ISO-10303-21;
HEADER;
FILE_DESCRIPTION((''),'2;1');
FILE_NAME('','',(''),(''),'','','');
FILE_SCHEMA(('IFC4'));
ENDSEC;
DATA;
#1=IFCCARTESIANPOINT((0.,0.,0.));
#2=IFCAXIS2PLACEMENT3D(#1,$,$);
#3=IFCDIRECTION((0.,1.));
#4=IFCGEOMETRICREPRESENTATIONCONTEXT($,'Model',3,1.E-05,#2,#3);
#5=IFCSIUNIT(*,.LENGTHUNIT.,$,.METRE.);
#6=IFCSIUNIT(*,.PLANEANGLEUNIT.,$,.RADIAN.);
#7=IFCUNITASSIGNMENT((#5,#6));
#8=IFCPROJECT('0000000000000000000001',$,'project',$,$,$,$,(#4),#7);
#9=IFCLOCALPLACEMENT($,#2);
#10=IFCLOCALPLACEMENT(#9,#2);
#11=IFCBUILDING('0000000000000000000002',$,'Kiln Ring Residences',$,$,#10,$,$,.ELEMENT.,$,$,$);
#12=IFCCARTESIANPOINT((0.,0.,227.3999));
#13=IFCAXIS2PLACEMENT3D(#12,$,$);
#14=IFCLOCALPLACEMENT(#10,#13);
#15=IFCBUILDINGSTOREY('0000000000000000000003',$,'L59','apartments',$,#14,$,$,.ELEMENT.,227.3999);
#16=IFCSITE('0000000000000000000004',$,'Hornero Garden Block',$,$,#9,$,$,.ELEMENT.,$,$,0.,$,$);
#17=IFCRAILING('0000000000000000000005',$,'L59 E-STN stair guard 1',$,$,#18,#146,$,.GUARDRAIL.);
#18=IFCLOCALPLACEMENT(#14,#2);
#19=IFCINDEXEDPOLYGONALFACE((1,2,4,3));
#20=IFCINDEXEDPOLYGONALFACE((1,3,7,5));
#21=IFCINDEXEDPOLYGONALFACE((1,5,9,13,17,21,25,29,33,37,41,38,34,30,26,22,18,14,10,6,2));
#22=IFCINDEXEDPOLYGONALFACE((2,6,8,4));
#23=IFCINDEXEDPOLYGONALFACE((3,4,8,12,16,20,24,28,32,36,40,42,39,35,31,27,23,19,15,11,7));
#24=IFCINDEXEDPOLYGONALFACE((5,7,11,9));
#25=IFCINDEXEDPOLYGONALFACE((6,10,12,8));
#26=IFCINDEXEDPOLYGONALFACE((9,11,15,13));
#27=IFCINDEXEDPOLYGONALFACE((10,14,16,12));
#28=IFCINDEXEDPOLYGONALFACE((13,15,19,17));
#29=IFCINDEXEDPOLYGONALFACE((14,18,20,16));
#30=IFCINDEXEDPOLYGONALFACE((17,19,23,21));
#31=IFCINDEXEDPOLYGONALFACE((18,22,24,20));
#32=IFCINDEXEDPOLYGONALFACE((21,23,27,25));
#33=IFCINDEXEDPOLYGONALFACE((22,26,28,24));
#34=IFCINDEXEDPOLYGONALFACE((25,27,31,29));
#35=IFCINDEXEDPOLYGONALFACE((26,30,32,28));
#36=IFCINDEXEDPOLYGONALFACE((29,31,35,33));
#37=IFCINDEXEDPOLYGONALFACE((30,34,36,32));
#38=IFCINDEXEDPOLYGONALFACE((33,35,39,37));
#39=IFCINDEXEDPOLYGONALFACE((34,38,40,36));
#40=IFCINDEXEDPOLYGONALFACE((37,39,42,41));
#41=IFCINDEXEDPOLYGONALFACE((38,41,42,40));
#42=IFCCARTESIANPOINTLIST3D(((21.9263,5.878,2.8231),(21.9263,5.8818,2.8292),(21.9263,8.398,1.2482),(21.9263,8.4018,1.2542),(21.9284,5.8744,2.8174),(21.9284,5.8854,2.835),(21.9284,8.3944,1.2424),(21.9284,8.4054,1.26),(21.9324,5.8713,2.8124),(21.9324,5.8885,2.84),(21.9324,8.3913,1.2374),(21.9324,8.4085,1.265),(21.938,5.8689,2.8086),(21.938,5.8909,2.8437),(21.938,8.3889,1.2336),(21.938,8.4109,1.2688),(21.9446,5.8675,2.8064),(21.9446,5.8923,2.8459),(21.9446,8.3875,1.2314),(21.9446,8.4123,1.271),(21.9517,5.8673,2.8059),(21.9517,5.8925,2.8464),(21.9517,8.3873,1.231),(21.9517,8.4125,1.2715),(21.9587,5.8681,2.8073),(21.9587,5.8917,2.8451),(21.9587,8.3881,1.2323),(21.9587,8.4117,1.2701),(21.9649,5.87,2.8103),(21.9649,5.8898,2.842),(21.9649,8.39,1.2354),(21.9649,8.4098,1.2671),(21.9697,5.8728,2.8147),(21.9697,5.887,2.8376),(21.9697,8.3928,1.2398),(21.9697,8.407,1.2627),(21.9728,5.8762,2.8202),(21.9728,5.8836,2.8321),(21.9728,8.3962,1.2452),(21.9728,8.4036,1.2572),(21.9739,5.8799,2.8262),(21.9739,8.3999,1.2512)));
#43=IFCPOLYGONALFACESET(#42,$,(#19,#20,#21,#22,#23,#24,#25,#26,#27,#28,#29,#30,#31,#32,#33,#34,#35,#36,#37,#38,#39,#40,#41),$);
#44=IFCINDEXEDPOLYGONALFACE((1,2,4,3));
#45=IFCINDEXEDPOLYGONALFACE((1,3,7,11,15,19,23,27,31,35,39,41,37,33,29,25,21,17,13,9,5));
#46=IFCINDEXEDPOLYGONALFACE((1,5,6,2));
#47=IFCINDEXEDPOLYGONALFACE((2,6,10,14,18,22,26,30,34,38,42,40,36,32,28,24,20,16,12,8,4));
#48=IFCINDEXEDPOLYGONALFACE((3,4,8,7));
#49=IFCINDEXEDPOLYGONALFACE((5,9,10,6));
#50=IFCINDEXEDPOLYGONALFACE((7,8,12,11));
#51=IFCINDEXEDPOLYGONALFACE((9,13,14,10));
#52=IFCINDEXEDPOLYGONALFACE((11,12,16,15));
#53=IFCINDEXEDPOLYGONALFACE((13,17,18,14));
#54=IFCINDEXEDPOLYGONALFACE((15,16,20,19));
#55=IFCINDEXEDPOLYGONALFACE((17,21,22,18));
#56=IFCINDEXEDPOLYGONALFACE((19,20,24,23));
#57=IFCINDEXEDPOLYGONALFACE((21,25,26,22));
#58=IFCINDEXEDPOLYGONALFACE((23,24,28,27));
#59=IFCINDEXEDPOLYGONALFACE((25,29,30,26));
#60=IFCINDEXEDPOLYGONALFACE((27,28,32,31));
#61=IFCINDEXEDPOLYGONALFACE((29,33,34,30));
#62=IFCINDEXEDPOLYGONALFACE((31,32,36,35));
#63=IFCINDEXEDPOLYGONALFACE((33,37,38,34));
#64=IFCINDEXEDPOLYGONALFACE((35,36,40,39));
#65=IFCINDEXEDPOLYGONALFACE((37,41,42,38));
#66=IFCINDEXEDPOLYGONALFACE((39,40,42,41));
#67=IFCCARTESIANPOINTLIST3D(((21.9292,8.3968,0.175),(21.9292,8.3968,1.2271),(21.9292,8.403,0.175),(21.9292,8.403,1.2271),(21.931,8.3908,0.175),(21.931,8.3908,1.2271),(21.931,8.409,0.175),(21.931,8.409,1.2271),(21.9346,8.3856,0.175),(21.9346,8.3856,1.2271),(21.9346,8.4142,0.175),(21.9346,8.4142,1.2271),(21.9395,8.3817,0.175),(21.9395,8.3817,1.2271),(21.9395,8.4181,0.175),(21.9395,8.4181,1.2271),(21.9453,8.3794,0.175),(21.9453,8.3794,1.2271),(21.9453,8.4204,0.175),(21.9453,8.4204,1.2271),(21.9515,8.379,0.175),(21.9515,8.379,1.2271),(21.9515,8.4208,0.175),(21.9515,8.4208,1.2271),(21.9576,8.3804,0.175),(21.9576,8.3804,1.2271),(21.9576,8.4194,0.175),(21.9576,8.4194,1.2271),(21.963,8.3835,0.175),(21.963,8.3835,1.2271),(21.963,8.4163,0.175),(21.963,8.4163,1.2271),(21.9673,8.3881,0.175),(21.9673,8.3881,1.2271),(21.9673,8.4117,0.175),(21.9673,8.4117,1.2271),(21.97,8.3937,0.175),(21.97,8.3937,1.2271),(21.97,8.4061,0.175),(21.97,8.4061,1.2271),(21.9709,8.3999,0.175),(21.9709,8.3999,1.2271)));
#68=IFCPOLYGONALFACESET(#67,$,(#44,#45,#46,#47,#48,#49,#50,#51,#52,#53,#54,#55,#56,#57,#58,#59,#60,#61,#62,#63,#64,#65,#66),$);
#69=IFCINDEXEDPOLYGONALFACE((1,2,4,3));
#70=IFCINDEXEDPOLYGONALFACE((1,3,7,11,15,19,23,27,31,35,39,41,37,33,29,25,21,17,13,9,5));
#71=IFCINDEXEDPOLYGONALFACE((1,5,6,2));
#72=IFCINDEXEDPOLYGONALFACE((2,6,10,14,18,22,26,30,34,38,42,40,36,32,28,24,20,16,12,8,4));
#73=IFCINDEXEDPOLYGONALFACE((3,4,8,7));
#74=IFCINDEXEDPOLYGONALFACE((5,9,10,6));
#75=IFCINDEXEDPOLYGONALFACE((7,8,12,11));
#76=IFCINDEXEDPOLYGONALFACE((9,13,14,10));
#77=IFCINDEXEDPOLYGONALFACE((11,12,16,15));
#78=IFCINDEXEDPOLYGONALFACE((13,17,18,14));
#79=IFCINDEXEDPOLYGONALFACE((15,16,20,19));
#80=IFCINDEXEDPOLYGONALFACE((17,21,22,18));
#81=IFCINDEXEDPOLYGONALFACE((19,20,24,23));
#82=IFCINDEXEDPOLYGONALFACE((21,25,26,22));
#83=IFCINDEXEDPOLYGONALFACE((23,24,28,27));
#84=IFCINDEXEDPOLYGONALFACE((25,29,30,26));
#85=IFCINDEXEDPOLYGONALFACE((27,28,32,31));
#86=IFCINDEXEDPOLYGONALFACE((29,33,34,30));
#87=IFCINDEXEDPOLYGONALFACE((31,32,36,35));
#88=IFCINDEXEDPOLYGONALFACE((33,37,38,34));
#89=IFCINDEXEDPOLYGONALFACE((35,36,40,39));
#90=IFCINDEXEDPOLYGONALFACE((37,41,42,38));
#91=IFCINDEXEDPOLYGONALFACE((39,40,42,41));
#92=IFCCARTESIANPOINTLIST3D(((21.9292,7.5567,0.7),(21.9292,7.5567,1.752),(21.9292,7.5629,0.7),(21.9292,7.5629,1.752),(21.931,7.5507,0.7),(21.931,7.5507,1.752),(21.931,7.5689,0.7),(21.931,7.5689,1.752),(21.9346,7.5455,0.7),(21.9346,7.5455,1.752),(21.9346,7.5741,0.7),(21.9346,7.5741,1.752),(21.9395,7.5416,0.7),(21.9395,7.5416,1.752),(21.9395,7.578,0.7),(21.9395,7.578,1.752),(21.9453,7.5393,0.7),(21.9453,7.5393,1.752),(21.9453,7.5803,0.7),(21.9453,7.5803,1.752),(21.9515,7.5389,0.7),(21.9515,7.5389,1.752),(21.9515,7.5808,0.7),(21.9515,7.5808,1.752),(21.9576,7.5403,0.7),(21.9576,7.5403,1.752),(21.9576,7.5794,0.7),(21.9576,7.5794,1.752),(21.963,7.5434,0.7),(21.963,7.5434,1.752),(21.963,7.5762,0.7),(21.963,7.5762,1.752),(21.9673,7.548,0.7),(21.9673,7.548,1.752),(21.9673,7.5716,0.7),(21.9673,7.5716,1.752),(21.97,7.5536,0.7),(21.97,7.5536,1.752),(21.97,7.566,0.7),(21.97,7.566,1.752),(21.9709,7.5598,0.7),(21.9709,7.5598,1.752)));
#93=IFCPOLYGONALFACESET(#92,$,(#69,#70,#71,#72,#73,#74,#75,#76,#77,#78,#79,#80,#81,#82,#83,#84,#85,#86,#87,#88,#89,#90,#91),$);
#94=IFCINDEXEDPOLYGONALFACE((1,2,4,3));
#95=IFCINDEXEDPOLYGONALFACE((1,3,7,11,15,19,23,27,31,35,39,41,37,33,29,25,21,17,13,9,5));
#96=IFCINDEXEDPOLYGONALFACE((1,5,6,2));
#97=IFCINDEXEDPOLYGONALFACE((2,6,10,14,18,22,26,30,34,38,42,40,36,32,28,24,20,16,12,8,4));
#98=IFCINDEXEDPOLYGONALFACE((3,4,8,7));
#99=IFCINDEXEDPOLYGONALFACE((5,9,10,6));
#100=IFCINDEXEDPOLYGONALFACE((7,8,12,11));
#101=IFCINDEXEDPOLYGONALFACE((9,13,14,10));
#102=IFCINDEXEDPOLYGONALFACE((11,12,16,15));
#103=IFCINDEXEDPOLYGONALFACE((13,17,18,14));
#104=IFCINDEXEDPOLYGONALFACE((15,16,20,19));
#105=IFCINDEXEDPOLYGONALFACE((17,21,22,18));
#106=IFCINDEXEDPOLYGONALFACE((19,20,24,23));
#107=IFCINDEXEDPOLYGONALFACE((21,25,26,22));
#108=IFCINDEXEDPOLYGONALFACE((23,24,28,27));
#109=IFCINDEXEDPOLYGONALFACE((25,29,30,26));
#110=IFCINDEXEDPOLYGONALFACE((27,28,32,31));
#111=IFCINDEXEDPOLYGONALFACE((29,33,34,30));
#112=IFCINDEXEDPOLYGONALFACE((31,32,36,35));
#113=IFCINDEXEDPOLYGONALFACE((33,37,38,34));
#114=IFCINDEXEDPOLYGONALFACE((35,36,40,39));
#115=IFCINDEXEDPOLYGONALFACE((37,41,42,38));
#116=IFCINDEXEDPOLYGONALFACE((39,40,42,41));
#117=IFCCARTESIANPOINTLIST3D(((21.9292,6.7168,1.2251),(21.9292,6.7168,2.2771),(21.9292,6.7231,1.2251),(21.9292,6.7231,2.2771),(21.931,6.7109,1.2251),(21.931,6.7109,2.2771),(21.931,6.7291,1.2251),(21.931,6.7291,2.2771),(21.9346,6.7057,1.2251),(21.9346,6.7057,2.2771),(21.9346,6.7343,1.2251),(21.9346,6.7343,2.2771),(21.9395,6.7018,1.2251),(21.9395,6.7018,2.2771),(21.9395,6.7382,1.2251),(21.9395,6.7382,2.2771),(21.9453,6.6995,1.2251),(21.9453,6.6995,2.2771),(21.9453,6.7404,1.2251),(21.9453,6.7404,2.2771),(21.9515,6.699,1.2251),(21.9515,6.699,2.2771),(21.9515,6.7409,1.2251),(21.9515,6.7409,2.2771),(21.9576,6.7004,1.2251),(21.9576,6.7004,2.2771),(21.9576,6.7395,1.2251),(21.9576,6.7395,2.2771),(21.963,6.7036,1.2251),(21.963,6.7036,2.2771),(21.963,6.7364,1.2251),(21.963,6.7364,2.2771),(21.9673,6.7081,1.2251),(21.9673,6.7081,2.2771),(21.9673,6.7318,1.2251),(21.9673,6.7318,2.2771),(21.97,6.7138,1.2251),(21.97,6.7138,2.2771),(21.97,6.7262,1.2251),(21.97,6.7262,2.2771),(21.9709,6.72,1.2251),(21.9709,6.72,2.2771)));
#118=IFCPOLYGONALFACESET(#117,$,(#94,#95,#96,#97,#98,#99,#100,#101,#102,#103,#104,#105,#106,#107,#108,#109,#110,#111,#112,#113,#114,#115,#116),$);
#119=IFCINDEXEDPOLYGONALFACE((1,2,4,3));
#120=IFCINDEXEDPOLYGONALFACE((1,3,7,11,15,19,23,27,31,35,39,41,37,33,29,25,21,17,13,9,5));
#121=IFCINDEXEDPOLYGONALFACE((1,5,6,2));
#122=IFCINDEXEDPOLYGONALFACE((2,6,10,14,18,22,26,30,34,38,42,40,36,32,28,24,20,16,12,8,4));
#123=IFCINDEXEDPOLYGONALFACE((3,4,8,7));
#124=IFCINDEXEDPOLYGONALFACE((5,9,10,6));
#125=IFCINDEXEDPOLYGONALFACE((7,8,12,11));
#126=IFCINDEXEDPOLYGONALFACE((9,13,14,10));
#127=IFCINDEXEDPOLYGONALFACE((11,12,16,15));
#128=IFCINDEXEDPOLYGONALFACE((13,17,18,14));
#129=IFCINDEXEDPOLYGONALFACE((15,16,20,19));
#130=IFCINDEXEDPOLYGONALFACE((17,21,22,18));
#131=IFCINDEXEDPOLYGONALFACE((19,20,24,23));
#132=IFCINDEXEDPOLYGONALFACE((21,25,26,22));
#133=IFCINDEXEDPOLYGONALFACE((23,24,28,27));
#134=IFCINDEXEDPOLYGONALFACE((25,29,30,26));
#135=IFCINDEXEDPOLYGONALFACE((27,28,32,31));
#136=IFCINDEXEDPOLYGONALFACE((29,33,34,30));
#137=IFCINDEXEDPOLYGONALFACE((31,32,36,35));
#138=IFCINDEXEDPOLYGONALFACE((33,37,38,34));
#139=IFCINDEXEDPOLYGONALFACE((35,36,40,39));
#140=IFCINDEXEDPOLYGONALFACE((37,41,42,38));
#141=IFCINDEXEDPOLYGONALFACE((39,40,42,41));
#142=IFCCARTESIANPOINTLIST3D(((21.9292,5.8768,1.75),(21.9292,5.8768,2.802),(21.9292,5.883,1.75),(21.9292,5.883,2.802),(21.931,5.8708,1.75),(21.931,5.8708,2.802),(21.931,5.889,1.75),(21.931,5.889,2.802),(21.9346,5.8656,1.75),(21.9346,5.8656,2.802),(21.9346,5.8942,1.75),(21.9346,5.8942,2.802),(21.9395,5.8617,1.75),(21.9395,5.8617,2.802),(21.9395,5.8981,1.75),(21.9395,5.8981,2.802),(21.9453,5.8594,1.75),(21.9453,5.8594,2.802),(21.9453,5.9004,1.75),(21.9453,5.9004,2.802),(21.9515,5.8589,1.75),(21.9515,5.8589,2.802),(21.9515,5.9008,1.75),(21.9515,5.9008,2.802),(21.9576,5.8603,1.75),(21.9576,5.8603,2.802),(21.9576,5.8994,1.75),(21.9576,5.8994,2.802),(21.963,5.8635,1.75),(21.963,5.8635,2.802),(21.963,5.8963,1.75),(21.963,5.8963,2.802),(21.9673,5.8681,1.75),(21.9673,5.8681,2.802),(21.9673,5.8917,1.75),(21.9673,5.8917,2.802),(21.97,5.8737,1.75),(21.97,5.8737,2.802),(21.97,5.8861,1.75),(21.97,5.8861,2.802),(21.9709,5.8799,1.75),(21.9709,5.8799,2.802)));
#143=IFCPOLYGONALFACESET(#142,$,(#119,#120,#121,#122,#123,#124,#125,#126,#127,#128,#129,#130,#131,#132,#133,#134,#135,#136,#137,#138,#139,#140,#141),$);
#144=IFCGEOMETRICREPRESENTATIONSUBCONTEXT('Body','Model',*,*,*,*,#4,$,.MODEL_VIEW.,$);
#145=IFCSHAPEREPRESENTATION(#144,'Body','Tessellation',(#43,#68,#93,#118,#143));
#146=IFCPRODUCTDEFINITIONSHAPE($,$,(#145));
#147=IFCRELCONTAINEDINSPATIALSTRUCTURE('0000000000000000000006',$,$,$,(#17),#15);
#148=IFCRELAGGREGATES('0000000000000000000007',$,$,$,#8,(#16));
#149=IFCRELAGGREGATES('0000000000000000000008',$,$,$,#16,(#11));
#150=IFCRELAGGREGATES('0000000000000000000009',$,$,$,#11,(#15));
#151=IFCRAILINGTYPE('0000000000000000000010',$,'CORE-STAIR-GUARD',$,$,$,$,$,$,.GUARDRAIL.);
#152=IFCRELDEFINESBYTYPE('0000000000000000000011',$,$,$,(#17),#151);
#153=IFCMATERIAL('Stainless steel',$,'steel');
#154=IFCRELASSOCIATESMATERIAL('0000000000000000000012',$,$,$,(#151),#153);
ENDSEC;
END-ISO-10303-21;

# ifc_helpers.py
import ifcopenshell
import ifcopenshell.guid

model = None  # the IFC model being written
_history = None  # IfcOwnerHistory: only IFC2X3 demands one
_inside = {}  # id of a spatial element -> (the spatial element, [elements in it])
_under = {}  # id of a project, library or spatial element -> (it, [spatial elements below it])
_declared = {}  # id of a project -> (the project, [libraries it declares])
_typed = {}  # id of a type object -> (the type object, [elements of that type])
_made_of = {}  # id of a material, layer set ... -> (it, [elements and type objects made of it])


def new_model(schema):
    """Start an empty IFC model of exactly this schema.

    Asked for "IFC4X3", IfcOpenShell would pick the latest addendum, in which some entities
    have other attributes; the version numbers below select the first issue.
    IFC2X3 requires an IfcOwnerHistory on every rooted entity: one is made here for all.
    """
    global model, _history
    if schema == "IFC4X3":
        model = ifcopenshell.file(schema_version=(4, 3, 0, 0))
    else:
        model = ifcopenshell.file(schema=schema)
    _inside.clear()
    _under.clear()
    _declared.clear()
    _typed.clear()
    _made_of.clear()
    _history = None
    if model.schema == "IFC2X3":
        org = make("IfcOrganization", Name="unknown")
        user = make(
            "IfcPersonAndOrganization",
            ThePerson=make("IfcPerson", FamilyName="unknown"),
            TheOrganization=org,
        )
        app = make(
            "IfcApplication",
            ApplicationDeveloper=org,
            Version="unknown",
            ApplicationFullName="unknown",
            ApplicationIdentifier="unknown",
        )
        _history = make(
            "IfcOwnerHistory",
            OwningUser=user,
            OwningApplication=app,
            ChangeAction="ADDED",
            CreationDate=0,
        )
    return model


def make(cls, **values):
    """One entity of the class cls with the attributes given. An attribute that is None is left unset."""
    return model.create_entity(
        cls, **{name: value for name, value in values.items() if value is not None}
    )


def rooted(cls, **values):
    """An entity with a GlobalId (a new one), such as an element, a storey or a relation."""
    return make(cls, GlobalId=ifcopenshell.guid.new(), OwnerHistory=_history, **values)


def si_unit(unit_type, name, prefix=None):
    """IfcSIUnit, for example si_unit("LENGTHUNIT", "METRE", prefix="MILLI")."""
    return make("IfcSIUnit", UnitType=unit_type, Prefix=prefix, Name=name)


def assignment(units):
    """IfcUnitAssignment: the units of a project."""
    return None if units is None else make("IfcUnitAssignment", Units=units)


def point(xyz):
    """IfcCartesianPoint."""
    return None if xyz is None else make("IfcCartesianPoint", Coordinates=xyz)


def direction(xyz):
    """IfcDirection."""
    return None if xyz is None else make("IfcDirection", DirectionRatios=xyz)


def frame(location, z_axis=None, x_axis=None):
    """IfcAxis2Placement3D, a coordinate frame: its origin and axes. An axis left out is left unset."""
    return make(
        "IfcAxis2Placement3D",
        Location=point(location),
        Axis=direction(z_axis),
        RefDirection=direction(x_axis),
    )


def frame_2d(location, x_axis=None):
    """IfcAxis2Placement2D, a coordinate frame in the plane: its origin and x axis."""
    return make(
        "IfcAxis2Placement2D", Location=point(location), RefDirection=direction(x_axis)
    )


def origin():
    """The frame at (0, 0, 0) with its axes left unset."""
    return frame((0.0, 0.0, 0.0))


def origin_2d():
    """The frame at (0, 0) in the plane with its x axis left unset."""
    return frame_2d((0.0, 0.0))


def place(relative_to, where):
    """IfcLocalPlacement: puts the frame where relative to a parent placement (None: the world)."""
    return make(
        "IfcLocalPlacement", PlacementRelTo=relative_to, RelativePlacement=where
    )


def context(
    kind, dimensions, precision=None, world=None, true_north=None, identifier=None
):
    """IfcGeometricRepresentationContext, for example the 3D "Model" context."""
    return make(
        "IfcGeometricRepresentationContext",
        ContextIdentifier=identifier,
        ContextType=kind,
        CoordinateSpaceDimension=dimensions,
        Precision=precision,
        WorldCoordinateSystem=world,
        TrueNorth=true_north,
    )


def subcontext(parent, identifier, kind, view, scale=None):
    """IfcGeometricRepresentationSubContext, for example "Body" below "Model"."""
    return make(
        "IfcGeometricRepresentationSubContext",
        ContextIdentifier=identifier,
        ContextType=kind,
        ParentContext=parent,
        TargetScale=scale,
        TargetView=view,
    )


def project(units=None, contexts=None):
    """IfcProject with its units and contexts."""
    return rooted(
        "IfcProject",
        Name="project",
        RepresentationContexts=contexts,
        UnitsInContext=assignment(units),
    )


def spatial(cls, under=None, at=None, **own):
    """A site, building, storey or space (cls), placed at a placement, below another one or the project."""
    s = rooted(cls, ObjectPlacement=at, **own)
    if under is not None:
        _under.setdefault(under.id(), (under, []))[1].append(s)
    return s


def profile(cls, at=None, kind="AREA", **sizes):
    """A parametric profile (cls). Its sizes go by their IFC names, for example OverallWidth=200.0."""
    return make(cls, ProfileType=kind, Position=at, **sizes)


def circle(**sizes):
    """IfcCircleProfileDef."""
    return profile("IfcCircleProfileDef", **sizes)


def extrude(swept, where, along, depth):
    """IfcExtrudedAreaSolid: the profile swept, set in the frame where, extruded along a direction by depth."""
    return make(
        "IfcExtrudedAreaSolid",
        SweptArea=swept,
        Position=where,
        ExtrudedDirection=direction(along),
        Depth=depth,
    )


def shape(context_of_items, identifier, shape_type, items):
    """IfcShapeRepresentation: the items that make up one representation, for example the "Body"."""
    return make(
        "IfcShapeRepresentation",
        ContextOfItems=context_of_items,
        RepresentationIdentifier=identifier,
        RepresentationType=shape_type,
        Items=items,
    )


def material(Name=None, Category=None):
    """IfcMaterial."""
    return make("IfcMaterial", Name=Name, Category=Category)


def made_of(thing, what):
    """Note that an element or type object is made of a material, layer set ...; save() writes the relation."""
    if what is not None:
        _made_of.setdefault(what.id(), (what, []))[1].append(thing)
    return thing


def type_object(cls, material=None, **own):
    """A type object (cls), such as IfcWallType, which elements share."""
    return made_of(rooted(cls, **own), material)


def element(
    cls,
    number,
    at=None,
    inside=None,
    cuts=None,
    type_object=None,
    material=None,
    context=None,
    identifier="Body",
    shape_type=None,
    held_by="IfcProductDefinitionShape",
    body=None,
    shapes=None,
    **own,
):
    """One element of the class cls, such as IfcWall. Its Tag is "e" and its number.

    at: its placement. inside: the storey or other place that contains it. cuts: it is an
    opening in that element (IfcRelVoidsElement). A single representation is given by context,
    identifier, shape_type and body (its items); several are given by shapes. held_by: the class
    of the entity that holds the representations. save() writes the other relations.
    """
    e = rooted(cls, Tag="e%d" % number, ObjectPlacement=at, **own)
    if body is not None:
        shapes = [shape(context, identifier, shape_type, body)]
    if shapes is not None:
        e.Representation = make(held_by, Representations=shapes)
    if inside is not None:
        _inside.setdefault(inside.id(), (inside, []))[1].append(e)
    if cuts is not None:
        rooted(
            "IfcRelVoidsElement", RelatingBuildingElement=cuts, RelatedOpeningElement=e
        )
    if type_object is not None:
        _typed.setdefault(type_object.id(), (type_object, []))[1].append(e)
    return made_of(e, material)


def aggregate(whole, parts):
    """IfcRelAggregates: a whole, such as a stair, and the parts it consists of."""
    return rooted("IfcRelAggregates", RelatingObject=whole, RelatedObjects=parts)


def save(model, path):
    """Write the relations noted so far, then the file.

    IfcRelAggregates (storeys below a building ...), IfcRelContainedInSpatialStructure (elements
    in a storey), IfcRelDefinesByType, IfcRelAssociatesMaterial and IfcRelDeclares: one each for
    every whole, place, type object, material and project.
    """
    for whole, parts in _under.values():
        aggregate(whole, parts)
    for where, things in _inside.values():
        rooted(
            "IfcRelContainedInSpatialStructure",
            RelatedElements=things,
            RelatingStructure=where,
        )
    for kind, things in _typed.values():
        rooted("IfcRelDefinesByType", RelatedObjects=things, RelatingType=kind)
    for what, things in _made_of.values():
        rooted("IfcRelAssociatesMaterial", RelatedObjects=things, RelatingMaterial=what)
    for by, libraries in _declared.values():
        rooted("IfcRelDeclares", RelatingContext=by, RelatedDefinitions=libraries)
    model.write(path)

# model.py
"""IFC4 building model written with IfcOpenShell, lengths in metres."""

from ifc_helpers import new_model, si_unit, direction, frame, origin, origin_2d, place, context, subcontext, project, spatial, circle, extrude, material, type_object, element, save


model = new_model("IFC4")

# Units and contexts
model_context = context("Model", 3, precision=1e-05, world=origin(), true_north=direction((0.0, 1.0)))
body_context = subcontext(model_context, "Body", "Model", "MODEL_VIEW")
ifc_project = project(units=[si_unit("LENGTHUNIT", "METRE"), si_unit("PLANEANGLEUNIT", "RADIAN")], contexts=[model_context])

# Site, building, storey
site_placement = place(None, origin())
site = spatial("IfcSite", under=ifc_project, at=site_placement, Name="Hornero Garden Block", CompositionType="ELEMENT", RefElevation=0.0)
building_placement = place(site_placement, origin())
building = spatial("IfcBuilding", under=site, at=building_placement, Name="Kiln Ring Residences", CompositionType="ELEMENT")
storey_placement = place(building_placement, frame((0.0, 0.0, 227.3999)))
storey = spatial("IfcBuildingStorey", under=building, at=storey_placement, Name="L59", Description="apartments", CompositionType="ELEMENT", Elevation=227.3999)

# Railing
ifc_material_1 = material(Name="Stainless steel", Category="steel")
railing_type_1 = type_object("IfcRailingType", Name="CORE-STAIR-GUARD", PredefinedType="GUARDRAIL", material=ifc_material_1)
railing_1_placement = place(storey_placement, frame((21.95, 8.3999, 0.175)))
element("IfcRailing", 1, at=railing_1_placement, inside=storey, type_object=railing_type_1, Name="L59 E-STN stair guard 1", PredefinedType="GUARDRAIL", context=body_context, shape_type="SweptSolid", body=[
    extrude(circle(Radius=0.0239, at=origin_2d()), frame((0.0, 0.0, 1.0762), z_axis=(0.0, -0.848008, 0.529984), x_axis=(1.0, 0.0, 0.0)), (0.0, 0.0, 1.0), 2.9717),
    extrude(circle(Radius=0.021, at=origin_2d()), origin(), (0.0, 0.0, 1.0), 1.052),
    extrude(circle(Radius=0.021, at=origin_2d()), frame((0.0, -0.8401, 0.5249)), (0.0, 0.0, 1.0), 1.052),
    extrude(circle(Radius=0.021, at=origin_2d()), frame((0.0, -1.6799, 1.05)), (0.0, 0.0, 1.0), 1.052),
    extrude(circle(Radius=0.021, at=origin_2d()), frame((0.0, -2.52, 1.575)), (0.0, 0.0, 1.0), 1.052),
])

save(model, "model.ifc")
